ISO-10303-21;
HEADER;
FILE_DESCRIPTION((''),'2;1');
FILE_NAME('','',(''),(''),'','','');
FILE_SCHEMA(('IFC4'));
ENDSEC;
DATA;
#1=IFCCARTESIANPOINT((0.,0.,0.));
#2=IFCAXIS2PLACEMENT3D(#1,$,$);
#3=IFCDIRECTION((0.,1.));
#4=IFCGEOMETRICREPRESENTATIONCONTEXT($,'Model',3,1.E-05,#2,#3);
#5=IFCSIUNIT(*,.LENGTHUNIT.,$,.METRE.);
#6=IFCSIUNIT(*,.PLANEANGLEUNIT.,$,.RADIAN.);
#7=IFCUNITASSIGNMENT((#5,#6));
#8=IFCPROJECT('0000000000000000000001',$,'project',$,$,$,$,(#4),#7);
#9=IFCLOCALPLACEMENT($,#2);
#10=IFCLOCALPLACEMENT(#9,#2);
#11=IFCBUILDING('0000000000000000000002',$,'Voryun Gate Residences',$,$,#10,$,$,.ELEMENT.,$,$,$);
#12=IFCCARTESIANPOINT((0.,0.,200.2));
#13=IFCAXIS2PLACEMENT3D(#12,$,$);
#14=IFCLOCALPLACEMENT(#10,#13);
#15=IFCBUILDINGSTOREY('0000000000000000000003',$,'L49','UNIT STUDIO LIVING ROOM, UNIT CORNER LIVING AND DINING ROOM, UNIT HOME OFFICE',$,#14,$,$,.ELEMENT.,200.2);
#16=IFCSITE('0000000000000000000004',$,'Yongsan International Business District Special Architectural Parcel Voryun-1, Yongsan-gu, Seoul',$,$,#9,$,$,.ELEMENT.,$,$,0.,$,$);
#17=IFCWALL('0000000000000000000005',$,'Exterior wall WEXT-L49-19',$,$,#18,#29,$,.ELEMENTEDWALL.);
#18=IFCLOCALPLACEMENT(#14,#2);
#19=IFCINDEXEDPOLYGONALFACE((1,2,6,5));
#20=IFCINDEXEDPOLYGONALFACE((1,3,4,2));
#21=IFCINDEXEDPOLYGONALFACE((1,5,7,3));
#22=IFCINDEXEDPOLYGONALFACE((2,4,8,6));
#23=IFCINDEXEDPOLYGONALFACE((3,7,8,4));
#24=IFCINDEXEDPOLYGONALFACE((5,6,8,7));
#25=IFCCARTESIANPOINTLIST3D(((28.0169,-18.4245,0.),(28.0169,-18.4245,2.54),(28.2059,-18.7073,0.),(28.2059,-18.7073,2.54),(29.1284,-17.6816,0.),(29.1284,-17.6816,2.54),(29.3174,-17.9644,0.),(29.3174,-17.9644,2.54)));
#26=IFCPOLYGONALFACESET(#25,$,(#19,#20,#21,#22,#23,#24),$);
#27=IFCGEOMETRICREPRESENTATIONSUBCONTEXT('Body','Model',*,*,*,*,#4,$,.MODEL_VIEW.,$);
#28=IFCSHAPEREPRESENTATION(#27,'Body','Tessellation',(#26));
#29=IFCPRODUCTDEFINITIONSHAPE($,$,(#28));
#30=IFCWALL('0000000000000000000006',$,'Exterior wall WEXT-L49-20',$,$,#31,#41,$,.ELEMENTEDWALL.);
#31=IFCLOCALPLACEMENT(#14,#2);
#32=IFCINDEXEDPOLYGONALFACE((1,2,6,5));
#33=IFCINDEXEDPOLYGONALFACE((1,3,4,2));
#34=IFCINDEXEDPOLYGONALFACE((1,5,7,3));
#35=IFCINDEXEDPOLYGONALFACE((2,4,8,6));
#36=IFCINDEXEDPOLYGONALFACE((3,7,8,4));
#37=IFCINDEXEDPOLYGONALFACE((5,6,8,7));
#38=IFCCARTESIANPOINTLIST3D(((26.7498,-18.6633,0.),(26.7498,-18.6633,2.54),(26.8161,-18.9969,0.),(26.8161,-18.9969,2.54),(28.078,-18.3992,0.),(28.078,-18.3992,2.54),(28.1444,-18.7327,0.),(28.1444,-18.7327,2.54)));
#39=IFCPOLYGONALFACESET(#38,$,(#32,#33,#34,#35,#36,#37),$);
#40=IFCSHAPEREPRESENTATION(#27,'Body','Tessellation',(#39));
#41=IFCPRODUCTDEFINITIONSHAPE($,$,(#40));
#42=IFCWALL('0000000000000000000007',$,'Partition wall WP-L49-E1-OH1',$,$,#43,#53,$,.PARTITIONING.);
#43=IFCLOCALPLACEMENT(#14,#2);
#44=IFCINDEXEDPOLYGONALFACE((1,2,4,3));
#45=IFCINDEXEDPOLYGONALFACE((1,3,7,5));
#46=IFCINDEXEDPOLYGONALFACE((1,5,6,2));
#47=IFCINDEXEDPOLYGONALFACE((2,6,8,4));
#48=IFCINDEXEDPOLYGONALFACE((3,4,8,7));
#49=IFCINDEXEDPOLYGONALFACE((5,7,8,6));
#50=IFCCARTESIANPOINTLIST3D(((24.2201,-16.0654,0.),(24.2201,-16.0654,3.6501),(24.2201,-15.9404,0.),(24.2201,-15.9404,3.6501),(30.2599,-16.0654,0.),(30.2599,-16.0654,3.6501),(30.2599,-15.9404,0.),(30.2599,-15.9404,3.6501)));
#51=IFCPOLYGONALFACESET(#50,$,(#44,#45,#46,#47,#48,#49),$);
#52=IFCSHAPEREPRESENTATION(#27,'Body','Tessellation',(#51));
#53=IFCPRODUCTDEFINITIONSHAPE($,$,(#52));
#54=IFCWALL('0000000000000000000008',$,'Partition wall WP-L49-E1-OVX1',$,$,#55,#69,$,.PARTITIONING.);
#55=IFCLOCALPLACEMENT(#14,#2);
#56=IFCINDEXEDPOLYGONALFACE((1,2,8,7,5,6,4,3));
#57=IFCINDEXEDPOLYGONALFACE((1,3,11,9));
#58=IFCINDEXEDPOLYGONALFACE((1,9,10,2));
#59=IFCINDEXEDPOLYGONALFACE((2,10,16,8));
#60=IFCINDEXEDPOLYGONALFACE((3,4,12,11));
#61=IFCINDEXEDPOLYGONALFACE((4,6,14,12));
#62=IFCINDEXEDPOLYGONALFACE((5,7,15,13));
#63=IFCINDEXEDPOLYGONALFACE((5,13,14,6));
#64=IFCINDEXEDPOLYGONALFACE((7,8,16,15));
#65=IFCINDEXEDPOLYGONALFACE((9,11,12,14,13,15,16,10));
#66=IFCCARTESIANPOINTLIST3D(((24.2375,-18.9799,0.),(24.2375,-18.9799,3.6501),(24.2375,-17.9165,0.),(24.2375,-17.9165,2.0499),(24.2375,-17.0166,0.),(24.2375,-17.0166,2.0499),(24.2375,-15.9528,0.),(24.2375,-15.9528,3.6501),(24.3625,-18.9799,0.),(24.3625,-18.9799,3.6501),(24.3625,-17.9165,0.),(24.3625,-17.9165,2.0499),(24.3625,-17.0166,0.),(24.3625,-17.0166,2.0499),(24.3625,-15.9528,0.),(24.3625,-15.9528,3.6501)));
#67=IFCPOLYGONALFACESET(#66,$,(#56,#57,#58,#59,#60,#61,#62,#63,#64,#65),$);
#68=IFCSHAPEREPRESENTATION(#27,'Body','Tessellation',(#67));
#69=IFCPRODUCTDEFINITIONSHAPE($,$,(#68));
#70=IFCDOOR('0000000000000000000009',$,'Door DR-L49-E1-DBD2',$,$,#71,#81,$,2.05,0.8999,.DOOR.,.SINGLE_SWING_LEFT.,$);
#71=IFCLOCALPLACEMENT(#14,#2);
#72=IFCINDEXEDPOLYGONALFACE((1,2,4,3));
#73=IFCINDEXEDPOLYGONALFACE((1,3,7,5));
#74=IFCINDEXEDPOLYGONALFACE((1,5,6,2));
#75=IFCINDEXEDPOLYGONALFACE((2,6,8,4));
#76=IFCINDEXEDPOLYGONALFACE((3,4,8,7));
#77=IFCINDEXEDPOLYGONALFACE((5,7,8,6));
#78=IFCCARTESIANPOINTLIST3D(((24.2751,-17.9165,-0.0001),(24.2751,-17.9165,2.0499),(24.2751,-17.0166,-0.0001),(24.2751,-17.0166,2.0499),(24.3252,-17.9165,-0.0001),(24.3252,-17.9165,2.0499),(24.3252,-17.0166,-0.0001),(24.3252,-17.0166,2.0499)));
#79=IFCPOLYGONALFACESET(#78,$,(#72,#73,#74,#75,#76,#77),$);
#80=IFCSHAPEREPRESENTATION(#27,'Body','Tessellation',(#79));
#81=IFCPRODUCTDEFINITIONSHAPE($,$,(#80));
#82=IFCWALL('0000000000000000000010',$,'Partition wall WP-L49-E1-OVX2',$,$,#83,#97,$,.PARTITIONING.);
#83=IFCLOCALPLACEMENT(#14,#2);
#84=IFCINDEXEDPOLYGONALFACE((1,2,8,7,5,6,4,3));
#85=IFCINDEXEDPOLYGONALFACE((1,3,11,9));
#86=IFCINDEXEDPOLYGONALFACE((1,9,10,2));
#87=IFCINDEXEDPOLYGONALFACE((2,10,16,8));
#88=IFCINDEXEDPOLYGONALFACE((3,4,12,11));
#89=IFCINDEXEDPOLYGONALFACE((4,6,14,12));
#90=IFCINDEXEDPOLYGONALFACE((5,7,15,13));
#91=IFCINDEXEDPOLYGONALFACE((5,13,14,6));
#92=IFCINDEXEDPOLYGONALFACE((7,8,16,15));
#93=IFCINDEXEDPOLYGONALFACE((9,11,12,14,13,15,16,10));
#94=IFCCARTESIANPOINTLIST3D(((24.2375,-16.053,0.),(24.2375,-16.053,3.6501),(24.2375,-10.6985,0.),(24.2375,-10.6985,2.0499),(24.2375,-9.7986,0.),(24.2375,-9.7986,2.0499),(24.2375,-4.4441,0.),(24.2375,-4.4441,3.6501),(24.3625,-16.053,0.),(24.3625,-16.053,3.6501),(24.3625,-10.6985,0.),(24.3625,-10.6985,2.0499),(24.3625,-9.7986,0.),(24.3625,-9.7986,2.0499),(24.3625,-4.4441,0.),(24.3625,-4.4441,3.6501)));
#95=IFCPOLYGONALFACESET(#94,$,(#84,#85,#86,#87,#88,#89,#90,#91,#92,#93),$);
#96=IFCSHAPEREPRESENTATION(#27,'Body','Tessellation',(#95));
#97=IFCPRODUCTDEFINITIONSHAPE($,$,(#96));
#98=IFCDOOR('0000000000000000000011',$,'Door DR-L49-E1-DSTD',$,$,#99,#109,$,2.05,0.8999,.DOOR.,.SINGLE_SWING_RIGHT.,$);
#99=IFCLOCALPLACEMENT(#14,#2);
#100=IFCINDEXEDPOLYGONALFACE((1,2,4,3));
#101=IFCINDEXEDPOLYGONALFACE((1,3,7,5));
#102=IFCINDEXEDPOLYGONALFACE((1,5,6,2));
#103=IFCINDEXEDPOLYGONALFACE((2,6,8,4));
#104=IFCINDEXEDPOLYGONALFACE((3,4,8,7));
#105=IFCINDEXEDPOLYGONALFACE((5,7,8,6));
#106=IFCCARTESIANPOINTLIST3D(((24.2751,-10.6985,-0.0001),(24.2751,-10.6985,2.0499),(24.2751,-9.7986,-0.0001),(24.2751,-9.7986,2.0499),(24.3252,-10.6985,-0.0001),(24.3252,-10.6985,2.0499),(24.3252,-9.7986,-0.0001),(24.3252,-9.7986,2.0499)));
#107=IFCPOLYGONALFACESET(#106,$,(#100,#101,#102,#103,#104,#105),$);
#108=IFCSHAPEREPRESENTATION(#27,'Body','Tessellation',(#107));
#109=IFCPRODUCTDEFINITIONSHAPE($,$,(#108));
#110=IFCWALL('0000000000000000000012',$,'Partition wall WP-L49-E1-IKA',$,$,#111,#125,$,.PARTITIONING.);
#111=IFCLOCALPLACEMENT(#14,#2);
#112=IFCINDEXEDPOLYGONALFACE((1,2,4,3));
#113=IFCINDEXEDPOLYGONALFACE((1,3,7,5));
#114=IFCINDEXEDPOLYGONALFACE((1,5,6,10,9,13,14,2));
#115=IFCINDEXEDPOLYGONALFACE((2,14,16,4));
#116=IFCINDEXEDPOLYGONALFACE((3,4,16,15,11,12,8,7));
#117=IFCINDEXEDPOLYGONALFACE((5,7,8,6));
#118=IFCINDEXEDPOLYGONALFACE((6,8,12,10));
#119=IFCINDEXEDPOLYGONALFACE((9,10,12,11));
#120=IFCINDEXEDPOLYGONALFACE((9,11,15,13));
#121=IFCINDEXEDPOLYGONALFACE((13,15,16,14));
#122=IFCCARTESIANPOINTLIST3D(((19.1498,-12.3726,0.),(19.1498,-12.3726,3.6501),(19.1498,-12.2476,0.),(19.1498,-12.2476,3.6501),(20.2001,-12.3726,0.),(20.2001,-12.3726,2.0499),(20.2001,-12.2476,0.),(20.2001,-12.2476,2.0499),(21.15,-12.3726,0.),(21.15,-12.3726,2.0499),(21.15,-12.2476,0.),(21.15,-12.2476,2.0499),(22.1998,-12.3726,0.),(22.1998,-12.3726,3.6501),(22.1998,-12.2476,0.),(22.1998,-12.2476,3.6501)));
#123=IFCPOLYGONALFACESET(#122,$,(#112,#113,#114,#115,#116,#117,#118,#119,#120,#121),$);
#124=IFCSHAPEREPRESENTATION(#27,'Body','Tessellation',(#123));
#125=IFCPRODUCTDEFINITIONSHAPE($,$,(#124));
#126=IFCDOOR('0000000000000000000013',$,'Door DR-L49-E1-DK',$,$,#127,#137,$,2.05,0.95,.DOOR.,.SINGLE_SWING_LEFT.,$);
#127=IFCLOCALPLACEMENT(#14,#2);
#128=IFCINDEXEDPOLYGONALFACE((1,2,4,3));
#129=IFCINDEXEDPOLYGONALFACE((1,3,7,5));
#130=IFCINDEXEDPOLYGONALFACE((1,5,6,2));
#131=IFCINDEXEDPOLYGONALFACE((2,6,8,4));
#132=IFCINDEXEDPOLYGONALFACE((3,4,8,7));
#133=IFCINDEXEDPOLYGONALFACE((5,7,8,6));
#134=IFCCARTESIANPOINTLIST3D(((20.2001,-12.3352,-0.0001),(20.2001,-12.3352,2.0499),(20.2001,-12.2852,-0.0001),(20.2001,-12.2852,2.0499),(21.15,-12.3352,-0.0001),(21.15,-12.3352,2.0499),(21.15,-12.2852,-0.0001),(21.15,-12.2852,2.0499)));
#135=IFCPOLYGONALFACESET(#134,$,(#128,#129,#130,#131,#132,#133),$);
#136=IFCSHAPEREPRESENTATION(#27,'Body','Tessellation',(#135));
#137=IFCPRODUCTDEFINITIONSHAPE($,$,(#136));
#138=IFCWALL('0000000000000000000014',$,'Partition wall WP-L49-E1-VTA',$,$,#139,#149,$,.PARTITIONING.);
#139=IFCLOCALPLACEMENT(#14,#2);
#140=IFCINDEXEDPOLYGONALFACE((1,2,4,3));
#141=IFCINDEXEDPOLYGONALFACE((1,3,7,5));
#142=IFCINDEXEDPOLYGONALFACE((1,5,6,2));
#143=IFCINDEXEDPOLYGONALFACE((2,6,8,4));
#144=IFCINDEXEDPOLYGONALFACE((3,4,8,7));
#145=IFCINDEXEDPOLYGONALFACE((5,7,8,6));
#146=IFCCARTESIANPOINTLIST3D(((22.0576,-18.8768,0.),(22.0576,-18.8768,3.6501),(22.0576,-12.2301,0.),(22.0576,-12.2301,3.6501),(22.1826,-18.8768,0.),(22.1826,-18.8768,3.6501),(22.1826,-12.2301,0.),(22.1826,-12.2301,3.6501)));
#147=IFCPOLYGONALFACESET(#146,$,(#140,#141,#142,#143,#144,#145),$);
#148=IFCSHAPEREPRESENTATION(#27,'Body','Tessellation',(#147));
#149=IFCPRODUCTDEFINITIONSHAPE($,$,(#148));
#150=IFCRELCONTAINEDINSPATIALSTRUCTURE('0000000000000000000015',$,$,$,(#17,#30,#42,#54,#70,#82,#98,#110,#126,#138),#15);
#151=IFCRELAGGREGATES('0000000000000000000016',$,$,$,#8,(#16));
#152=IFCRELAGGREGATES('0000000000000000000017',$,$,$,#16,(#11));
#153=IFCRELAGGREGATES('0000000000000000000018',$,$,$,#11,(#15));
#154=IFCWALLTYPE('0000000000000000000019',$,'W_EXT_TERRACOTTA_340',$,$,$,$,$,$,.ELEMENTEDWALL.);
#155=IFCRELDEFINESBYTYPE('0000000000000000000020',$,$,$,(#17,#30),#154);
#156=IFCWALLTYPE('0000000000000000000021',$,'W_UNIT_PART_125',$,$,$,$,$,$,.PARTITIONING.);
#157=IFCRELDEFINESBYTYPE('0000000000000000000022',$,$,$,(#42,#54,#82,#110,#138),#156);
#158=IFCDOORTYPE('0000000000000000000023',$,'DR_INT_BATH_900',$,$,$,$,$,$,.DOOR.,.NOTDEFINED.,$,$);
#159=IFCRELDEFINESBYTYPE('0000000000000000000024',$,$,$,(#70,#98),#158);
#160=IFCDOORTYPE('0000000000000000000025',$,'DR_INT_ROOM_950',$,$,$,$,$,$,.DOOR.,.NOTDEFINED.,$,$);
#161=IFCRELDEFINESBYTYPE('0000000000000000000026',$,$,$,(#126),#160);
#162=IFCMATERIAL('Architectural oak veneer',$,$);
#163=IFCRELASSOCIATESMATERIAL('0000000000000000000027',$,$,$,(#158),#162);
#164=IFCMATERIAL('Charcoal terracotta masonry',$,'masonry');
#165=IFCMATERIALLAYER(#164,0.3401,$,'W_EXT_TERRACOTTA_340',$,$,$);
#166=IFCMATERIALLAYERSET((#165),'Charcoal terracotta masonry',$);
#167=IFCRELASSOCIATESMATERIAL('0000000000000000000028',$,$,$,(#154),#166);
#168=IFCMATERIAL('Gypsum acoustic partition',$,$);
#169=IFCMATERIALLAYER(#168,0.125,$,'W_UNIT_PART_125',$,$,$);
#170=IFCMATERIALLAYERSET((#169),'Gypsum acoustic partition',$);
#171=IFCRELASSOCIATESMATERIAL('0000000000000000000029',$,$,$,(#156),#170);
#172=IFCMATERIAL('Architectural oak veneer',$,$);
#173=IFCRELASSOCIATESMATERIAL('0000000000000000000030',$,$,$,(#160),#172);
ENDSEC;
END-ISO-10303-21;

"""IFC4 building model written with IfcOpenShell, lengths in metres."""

from ifc_helpers import new_model, si_unit, direction, frame, frame_2d, origin, place, context, subcontext, project, spatial, rectangle, extrude, material, layer, layer_set, type_object, element, fill, save


model = new_model("IFC4")

# Units and contexts
model_context = context("Model", 3, precision=1e-05, world=origin(), true_north=direction((0.0, 1.0)))
body_context = subcontext(model_context, "Body", "Model", "MODEL_VIEW")
ifc_project = project(units=[si_unit("LENGTHUNIT", "METRE"), si_unit("PLANEANGLEUNIT", "RADIAN")], contexts=[model_context])

# Site, building, storey
site_placement = place(None, origin())
site = spatial("IfcSite", under=ifc_project, at=site_placement, Name="Yongsan International Business District Special Architectural Parcel Voryun-1, Yongsan-gu, Seoul", CompositionType="ELEMENT", RefElevation=0.0)
building_placement = place(site_placement, origin())
building = spatial("IfcBuilding", under=site, at=building_placement, Name="Voryun Gate Residences", CompositionType="ELEMENT")
storey_placement = place(building_placement, frame((0.0, 0.0, 200.2)))
storey = spatial("IfcBuildingStorey", under=building, at=storey_placement, Name="L49", Description="UNIT STUDIO LIVING ROOM, UNIT CORNER LIVING AND DINING ROOM, UNIT HOME OFFICE", CompositionType="ELEMENT", Elevation=200.2)

# Shared definitions
ifc_material_1 = material(Name="Architectural oak veneer")
door_type_1 = type_object("IfcDoorType", Name="DR_INT_BATH_900", OperationType="NOTDEFINED", PredefinedType="DOOR", material=ifc_material_1)

# Shared definitions
ifc_material_2 = material(Name="Charcoal terracotta masonry", Category="masonry")
ifc_layer_1 = layer(ifc_material_2, 0.3401, Name="W_EXT_TERRACOTTA_340")
ifc_layer_set_1 = layer_set([ifc_layer_1], Name="Charcoal terracotta masonry")
wall_type_1 = type_object("IfcWallType", Name="W_EXT_TERRACOTTA_340", PredefinedType="ELEMENTEDWALL", material=ifc_layer_set_1)

# Walls
wall_1_placement = place(storey_placement, frame((29.2229, -17.823, 0.0), z_axis=(0.0, 0.0, 1.0), x_axis=(-0.831404, -0.555669, 0.0)))
element("IfcWall", 1, at=wall_1_placement, inside=storey, type_object=wall_type_1, Name="Exterior wall WEXT-L49-19", PredefinedType="ELEMENTEDWALL", context=body_context, shape_type="SweptSolid", body=[
    extrude(rectangle(XDim=1.3369, YDim=0.3401, at=frame_2d((0.6685, 0.0))), origin(), (0.0, 0.0, 1.0), 2.54),
])
wall_2_placement = place(storey_placement, frame((28.1113, -18.5659, 0.0), z_axis=(0.0, 0.0, 1.0), x_axis=(-0.980788, -0.195076, 0.0)))
element("IfcWall", 2, at=wall_2_placement, inside=storey, type_object=wall_type_1, Name="Exterior wall WEXT-L49-20", PredefinedType="ELEMENTEDWALL", context=body_context, shape_type="SweptSolid", body=[
    extrude(rectangle(XDim=1.3542, YDim=0.3401, at=frame_2d((0.6772, 0.0))), origin(), (0.0, 0.0, 1.0), 2.54),
])
ifc_material_3 = material(Name="Gypsum acoustic partition")
ifc_layer_2 = layer(ifc_material_3, 0.125, Name="W_UNIT_PART_125")
ifc_layer_set_2 = layer_set([ifc_layer_2], Name="Gypsum acoustic partition")
wall_type_2 = type_object("IfcWallType", Name="W_UNIT_PART_125", PredefinedType="PARTITIONING", material=ifc_layer_set_2)
wall_3_placement = place(storey_placement, frame((24.22, -16.0029, 0.0), z_axis=(0.0, 0.0, 1.0), x_axis=(1.0, 0.0, 0.0)))
element("IfcWall", 3, at=wall_3_placement, inside=storey, type_object=wall_type_2, Name="Partition wall WP-L49-E1-OH1", PredefinedType="PARTITIONING", context=body_context, shape_type="SweptSolid", body=[
    extrude(rectangle(XDim=6.0398, YDim=0.125, at=frame_2d((3.02, 0.0))), origin(), (0.0, 0.0, 1.0), 3.6501),
])

# Walls, openings, doors
wall_4_placement = place(storey_placement, frame((24.3, -18.98, 0.0), z_axis=(0.0, 0.0, 1.0), x_axis=(0.0, 1.0, 0.0)))
wall_4 = element("IfcWall", 4, at=wall_4_placement, inside=storey, type_object=wall_type_2, Name="Partition wall WP-L49-E1-OVX1", PredefinedType="PARTITIONING", context=body_context, shape_type="SweptSolid", body=[
    extrude(rectangle(XDim=3.0271, YDim=0.125, at=frame_2d((1.5137, 0.0))), origin(), (0.0, 0.0, 1.0), 3.6501),
])
opening_1_placement = place(wall_4_placement, frame((1.0635, 0.0, 0.0)))
opening_1 = element("IfcOpeningElement", 5, at=opening_1_placement, cuts=wall_4, PredefinedType="OPENING", context=body_context, shape_type="SweptSolid", body=[
    extrude(rectangle(XDim=0.8999, YDim=2.05, at=frame_2d((0.45, 1.0249))), frame((0.0, 0.0725, 0.0), z_axis=(0.0, -1.0, 0.0), x_axis=(1.0, 0.0, 0.0)), (0.0, 0.0, 1.0), 0.145),
])
door_1_placement = place(opening_1_placement, origin())
door_1 = element("IfcDoor", 6, at=door_1_placement, inside=storey, type_object=door_type_1, Name="Door DR-L49-E1-DBD2", OperationType="SINGLE_SWING_LEFT", OverallHeight=2.05, OverallWidth=0.8999, PredefinedType="DOOR", context=body_context, shape_type="SweptSolid", body=[
    extrude(rectangle(XDim=0.8999, YDim=2.05, at=frame_2d((0.45, 1.0249))), frame((0.0, 0.0249, 0.0), z_axis=(0.0, -1.0, 0.0), x_axis=(1.0, 0.0, 0.0)), (0.0, 0.0, 1.0), 0.05),
])
fill(opening_1, door_1)
wall_5_placement = place(storey_placement, frame((24.3, -16.053, 0.0), z_axis=(0.0, 0.0, 1.0), x_axis=(0.0, 1.0, 0.0)))
wall_5 = element("IfcWall", 7, at=wall_5_placement, inside=storey, type_object=wall_type_2, Name="Partition wall WP-L49-E1-OVX2", PredefinedType="PARTITIONING", context=body_context, shape_type="SweptSolid", body=[
    extrude(rectangle(XDim=11.6089, YDim=0.125, at=frame_2d((5.8044, 0.0))), origin(), (0.0, 0.0, 1.0), 3.6501),
])
opening_2_placement = place(wall_5_placement, frame((5.3545, 0.0, 0.0)))
opening_2 = element("IfcOpeningElement", 8, at=opening_2_placement, cuts=wall_5, PredefinedType="OPENING", context=body_context, shape_type="SweptSolid", body=[
    extrude(rectangle(XDim=0.8999, YDim=2.05, at=frame_2d((0.45, 1.0249))), frame((0.0, 0.0725, 0.0), z_axis=(0.0, -1.0, 0.0), x_axis=(1.0, 0.0, 0.0)), (0.0, 0.0, 1.0), 0.145),
])
door_2_placement = place(opening_2_placement, origin())
door_2 = element("IfcDoor", 9, at=door_2_placement, inside=storey, type_object=door_type_1, Name="Door DR-L49-E1-DSTD", OperationType="SINGLE_SWING_RIGHT", OverallHeight=2.05, OverallWidth=0.8999, PredefinedType="DOOR", context=body_context, shape_type="SweptSolid", body=[
    extrude(rectangle(XDim=0.8999, YDim=2.05, at=frame_2d((0.45, 1.0249))), frame((0.0, 0.0249, 0.0), z_axis=(0.0, -1.0, 0.0), x_axis=(1.0, 0.0, 0.0)), (0.0, 0.0, 1.0), 0.05),
])
fill(opening_2, door_2)
wall_6_placement = place(storey_placement, frame((19.1499, -12.3101, 0.0), z_axis=(0.0, 0.0, 1.0), x_axis=(1.0, 0.0, 0.0)))
wall_6 = element("IfcWall", 10, at=wall_6_placement, inside=storey, type_object=wall_type_2, Name="Partition wall WP-L49-E1-IKA", PredefinedType="PARTITIONING", context=body_context, shape_type="SweptSolid", body=[
    extrude(rectangle(XDim=3.05, YDim=0.125, at=frame_2d((1.5249, 0.0))), origin(), (0.0, 0.0, 1.0), 3.6501),
])
opening_3_placement = place(wall_6_placement, frame((1.05, 0.0, 0.0)))
opening_3 = element("IfcOpeningElement", 11, at=opening_3_placement, cuts=wall_6, PredefinedType="OPENING", context=body_context, shape_type="SweptSolid", body=[
    extrude(rectangle(XDim=0.95, YDim=2.05, at=frame_2d((0.4751, 1.0249))), frame((0.0, 0.0725, 0.0), z_axis=(0.0, -1.0, 0.0), x_axis=(1.0, 0.0, 0.0)), (0.0, 0.0, 1.0), 0.145),
])
ifc_material_4 = material(Name="Architectural oak veneer")
door_type_2 = type_object("IfcDoorType", Name="DR_INT_ROOM_950", OperationType="NOTDEFINED", PredefinedType="DOOR", material=ifc_material_4)
door_3_placement = place(opening_3_placement, origin())
door_3 = element("IfcDoor", 12, at=door_3_placement, inside=storey, type_object=door_type_2, Name="Door DR-L49-E1-DK", OperationType="SINGLE_SWING_LEFT", OverallHeight=2.05, OverallWidth=0.95, PredefinedType="DOOR", context=body_context, shape_type="SweptSolid", body=[
    extrude(rectangle(XDim=0.95, YDim=2.05, at=frame_2d((0.4751, 1.0249))), frame((0.0, 0.0249, 0.0), z_axis=(0.0, -1.0, 0.0), x_axis=(1.0, 0.0, 0.0)), (0.0, 0.0, 1.0), 0.05),
])
fill(opening_3, door_3)

# Wall
wall_7_placement = place(storey_placement, frame((22.1201, -18.8767, 0.0), z_axis=(0.0, 0.0, 1.0), x_axis=(0.0, 1.0, 0.0)))
element("IfcWall", 13, at=wall_7_placement, inside=storey, type_object=wall_type_2, Name="Partition wall WP-L49-E1-VTA", PredefinedType="PARTITIONING", context=body_context, shape_type="SweptSolid", body=[
    extrude(rectangle(XDim=6.6467, YDim=0.125, at=frame_2d((3.3232, 0.0))), origin(), (0.0, 0.0, 1.0), 3.6501),
])

save(model, "model.ifc")
